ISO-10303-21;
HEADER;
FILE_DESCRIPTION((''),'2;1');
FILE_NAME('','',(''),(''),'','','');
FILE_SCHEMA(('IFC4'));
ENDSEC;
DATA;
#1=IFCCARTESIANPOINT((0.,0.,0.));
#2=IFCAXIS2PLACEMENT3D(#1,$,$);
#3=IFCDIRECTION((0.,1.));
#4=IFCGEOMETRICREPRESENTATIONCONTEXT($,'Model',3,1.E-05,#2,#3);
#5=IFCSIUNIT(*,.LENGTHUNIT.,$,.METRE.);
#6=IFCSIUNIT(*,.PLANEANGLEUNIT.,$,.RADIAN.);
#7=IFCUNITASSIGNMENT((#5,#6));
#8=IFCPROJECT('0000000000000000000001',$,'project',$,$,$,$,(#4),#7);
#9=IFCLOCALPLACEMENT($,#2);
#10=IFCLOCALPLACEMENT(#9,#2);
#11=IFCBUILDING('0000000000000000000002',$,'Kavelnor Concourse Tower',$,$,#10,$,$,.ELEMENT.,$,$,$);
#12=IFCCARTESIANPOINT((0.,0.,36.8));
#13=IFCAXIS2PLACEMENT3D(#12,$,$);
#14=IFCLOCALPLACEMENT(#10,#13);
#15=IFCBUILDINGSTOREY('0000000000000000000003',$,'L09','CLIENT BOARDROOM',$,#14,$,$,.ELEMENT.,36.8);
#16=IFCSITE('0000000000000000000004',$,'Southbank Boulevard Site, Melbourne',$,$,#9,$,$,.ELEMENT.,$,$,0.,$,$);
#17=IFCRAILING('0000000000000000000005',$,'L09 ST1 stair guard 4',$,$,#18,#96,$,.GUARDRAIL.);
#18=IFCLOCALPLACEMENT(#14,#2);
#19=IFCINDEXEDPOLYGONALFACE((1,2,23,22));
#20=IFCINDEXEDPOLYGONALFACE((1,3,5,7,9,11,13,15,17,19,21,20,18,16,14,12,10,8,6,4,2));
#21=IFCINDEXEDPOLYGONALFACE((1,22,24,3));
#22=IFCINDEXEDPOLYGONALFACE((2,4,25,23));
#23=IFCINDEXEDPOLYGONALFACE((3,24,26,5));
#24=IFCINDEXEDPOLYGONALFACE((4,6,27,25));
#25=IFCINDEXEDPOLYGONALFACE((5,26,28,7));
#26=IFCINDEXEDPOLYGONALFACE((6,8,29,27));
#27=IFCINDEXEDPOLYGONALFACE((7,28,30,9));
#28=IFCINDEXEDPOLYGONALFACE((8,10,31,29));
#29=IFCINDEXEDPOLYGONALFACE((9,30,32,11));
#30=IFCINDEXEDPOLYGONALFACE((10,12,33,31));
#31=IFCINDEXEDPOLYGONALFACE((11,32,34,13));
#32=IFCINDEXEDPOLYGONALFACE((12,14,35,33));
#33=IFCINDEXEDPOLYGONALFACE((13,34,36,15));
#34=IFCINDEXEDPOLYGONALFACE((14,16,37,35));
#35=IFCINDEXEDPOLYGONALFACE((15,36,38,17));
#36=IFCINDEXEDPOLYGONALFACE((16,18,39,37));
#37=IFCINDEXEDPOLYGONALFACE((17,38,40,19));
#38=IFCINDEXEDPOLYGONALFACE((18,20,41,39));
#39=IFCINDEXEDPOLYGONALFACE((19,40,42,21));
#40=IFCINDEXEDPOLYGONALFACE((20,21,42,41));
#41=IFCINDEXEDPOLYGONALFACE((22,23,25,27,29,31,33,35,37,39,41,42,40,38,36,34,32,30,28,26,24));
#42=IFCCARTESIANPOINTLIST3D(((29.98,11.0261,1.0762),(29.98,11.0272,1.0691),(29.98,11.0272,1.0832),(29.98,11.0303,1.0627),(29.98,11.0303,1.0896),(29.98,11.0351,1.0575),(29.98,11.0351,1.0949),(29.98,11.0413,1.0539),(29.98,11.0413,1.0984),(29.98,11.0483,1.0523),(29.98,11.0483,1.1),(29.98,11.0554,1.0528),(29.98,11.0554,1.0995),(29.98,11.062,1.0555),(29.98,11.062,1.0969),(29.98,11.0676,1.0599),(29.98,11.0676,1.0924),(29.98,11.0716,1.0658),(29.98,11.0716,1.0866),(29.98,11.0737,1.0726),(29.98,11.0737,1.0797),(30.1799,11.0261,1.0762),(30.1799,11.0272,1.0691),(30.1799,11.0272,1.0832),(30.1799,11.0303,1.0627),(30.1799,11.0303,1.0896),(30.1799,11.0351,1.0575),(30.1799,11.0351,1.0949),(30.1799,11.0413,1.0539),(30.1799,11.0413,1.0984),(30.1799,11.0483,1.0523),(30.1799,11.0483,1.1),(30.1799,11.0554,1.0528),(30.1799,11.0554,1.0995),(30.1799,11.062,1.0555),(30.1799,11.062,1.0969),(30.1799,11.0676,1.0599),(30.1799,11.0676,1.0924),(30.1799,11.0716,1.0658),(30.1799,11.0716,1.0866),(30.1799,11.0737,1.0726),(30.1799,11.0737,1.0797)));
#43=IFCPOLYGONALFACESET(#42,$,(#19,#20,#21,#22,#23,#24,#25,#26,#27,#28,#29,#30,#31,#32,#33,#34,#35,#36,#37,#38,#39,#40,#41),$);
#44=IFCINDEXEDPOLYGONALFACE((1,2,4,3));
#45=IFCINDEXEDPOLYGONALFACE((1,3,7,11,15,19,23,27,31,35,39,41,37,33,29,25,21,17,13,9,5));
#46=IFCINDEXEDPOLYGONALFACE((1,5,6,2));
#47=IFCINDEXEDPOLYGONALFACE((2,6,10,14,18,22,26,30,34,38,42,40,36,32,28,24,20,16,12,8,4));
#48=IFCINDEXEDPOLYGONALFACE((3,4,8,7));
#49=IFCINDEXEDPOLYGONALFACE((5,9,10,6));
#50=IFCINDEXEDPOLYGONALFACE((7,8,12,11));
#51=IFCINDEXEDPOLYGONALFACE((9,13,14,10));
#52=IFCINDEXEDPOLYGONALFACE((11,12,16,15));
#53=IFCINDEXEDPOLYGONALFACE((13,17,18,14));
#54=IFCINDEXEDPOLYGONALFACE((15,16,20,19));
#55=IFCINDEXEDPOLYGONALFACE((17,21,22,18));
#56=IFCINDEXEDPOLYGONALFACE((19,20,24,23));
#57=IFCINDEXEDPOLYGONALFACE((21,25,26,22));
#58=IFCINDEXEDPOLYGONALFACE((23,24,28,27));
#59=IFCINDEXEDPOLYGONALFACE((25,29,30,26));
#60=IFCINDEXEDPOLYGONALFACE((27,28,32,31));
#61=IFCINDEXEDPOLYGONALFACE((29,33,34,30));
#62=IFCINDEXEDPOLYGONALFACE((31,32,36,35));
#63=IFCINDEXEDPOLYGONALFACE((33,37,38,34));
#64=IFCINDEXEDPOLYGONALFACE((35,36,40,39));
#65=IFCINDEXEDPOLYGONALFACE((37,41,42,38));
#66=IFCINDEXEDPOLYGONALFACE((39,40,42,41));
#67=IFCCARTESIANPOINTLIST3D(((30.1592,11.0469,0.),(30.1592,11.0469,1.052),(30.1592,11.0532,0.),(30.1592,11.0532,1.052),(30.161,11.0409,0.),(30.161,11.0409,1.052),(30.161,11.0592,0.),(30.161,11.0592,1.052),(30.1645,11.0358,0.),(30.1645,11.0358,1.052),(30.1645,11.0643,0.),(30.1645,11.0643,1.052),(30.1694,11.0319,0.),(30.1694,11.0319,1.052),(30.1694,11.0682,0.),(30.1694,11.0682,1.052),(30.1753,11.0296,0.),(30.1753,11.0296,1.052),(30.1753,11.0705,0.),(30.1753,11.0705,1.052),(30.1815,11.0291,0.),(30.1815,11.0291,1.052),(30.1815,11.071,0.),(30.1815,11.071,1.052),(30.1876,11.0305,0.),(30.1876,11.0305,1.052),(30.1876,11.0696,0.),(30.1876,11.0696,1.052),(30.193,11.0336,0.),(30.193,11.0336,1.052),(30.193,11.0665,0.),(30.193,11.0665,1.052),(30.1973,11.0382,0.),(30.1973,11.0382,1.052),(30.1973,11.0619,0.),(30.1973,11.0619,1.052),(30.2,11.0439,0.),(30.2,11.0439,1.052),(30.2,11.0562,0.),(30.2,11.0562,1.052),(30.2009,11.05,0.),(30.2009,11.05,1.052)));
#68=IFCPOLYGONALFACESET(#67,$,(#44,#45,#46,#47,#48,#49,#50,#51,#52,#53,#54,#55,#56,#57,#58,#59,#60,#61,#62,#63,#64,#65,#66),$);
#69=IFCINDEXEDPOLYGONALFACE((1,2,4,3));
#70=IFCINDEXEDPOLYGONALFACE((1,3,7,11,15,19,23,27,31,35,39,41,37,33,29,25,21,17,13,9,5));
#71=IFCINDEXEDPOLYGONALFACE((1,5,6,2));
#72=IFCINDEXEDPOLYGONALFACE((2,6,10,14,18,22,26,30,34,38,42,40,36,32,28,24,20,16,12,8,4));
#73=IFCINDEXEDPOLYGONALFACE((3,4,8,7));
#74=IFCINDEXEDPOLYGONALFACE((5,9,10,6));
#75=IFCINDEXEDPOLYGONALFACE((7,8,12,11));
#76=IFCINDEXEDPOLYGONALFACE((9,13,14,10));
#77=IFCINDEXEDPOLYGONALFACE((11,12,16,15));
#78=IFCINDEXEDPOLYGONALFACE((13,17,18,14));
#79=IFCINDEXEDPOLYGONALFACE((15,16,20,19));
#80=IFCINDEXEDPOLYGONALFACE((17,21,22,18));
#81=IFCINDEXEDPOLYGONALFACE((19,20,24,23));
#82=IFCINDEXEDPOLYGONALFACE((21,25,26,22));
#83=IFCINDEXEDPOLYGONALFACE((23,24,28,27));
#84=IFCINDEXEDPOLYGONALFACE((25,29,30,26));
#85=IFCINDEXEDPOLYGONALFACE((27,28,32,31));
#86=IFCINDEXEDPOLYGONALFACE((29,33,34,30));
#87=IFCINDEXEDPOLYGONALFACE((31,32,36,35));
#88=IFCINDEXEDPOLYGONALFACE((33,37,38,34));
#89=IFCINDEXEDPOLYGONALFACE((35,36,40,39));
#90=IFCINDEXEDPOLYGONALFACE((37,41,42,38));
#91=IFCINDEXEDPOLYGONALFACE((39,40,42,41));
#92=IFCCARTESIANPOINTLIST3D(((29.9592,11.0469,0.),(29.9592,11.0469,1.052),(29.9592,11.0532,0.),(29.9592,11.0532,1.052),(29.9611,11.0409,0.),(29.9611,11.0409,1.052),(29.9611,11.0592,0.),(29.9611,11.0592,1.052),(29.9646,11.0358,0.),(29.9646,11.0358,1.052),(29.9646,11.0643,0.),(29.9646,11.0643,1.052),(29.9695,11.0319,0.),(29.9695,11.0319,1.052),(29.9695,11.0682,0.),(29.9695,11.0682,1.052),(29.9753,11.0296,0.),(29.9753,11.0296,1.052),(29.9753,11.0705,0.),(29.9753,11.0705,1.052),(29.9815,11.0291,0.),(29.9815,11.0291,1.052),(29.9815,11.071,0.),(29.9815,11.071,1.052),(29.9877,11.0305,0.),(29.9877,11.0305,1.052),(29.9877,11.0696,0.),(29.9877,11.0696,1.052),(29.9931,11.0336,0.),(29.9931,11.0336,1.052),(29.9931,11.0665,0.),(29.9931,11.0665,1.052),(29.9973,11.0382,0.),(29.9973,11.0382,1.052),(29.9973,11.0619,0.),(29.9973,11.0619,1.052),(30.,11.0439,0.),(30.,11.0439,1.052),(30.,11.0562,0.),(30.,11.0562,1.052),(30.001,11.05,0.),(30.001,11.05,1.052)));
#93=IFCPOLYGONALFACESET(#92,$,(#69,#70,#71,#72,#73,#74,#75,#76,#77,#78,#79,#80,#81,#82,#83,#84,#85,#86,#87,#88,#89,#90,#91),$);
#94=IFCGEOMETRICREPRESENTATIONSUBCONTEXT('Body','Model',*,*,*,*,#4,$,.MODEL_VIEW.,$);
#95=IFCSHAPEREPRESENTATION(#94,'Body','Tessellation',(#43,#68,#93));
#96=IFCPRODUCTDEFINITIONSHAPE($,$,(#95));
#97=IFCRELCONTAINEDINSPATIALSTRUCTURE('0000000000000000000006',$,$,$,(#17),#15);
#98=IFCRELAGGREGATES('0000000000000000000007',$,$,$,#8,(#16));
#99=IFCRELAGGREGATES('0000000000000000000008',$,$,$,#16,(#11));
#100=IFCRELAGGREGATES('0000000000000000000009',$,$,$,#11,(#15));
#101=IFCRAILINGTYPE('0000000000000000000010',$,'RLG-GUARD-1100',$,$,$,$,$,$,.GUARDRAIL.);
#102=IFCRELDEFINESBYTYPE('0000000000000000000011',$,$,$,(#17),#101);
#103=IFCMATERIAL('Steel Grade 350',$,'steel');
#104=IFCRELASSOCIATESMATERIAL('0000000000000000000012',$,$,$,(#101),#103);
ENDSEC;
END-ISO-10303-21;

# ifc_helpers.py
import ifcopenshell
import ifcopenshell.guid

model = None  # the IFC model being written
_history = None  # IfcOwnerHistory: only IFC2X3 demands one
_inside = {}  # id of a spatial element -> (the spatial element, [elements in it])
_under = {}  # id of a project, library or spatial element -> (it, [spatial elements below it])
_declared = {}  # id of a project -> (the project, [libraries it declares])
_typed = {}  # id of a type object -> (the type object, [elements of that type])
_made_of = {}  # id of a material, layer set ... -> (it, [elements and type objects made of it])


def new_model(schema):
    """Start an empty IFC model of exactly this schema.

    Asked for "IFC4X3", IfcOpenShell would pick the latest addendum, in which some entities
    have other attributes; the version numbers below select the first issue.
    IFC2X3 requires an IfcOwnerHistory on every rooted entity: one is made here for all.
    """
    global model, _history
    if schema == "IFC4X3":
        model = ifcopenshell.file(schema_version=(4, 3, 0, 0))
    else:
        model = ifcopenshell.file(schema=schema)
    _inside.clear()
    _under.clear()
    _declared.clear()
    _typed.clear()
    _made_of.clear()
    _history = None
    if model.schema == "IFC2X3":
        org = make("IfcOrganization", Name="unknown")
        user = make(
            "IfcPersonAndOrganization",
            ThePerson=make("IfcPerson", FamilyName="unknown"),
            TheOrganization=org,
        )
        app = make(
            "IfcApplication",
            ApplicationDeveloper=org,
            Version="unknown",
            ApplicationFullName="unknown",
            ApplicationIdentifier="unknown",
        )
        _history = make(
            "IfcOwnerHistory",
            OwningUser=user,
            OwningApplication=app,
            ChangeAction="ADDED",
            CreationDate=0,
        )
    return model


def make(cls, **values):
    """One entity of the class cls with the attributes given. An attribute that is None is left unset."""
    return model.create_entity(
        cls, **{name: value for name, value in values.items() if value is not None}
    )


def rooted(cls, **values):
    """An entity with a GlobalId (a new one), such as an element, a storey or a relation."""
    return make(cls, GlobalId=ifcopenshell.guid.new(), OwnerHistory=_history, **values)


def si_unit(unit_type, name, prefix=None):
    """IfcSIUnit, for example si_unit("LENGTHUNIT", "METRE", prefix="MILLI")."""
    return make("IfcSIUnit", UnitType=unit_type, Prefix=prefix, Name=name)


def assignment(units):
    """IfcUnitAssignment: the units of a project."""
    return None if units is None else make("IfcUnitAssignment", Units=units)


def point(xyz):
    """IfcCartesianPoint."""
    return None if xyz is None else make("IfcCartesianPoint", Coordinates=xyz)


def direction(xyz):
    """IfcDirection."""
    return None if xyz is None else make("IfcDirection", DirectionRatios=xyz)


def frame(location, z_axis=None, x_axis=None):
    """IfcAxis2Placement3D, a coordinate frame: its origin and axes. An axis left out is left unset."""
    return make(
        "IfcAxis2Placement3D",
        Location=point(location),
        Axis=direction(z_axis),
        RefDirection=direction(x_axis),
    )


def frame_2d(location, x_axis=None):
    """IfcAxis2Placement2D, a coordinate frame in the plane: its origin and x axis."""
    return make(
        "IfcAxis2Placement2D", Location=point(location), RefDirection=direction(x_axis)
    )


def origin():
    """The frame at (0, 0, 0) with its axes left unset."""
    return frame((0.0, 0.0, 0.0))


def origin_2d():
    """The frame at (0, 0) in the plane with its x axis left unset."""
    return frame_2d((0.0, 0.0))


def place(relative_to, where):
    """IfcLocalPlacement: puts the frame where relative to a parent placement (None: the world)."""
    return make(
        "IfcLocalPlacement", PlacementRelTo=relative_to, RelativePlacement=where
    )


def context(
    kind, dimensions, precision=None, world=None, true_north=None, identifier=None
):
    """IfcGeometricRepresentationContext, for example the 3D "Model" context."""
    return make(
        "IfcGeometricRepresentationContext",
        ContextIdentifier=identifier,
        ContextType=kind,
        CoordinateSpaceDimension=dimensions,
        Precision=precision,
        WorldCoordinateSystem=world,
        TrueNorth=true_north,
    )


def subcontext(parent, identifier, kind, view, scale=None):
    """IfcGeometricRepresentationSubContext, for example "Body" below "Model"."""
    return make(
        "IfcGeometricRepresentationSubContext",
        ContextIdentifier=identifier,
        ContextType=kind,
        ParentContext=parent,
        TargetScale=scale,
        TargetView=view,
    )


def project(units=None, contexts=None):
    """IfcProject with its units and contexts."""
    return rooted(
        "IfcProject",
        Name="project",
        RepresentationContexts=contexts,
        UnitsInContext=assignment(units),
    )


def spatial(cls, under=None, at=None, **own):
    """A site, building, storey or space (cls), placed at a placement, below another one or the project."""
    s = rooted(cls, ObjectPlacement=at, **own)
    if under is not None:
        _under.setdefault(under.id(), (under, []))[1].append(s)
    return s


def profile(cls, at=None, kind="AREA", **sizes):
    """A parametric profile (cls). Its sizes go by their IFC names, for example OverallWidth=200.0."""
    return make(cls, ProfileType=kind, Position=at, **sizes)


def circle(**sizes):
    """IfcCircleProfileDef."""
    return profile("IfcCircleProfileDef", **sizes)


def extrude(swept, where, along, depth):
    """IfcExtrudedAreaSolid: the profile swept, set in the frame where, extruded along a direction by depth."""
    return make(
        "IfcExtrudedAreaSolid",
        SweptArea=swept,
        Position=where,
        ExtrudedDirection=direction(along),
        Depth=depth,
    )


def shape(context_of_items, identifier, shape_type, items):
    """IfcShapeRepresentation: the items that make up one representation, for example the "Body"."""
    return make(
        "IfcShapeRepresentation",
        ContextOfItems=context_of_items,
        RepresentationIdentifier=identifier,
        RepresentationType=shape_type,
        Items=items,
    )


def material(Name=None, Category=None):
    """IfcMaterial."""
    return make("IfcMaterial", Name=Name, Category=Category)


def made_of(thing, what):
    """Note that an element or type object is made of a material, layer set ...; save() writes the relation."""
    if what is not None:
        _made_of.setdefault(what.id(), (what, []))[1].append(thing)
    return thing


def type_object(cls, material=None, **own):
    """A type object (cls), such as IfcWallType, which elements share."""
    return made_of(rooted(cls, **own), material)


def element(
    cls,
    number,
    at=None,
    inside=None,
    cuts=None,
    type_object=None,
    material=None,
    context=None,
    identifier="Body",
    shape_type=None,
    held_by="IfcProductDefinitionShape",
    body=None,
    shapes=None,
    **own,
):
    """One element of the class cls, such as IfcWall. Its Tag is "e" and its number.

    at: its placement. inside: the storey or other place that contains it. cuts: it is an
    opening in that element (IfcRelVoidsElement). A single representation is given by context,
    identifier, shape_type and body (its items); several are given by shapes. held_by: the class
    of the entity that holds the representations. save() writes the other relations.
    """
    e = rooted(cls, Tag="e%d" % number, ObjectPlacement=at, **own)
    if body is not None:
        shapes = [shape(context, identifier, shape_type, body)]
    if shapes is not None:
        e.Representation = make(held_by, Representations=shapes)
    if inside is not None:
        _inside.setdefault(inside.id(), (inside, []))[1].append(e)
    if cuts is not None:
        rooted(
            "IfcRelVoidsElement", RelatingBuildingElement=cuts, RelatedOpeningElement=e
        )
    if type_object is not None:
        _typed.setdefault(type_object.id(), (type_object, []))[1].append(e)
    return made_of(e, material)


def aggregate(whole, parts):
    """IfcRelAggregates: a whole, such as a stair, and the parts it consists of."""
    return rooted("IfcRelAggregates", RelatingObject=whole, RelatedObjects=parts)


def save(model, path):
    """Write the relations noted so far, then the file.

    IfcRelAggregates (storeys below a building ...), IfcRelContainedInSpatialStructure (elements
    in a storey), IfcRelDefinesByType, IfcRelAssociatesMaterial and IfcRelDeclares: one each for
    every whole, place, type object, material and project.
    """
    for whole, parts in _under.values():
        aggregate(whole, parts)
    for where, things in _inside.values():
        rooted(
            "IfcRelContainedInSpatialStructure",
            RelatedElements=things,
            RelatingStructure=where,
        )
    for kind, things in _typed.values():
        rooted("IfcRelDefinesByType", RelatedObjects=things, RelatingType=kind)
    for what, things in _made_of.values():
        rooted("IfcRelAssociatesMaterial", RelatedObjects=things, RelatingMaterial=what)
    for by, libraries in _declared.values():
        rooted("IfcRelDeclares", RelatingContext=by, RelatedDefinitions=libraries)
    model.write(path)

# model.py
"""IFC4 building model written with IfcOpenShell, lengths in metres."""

from ifc_helpers import new_model, si_unit, direction, frame, origin, origin_2d, place, context, subcontext, project, spatial, circle, extrude, material, type_object, element, save


model = new_model("IFC4")

# Units and contexts
model_context = context("Model", 3, precision=1e-05, world=origin(), true_north=direction((0.0, 1.0)))
body_context = subcontext(model_context, "Body", "Model", "MODEL_VIEW")
ifc_project = project(units=[si_unit("LENGTHUNIT", "METRE"), si_unit("PLANEANGLEUNIT", "RADIAN")], contexts=[model_context])

# Site, building, storey
site_placement = place(None, origin())
site = spatial("IfcSite", under=ifc_project, at=site_placement, Name="Southbank Boulevard Site, Melbourne", CompositionType="ELEMENT", RefElevation=0.0)
building_placement = place(site_placement, origin())
building = spatial("IfcBuilding", under=site, at=building_placement, Name="Kavelnor Concourse Tower", CompositionType="ELEMENT")
storey_placement = place(building_placement, frame((0.0, 0.0, 36.8)))
storey = spatial("IfcBuildingStorey", under=building, at=storey_placement, Name="L09", Description="CLIENT BOARDROOM", CompositionType="ELEMENT", Elevation=36.8)

# Shared definitions
ifc_material_1 = material(Name="Steel Grade 350", Category="steel")

# Railing
railing_type_1 = type_object("IfcRailingType", Name="RLG-GUARD-1100", PredefinedType="GUARDRAIL", material=ifc_material_1)
railing_1_placement = place(storey_placement, frame((30.1799, 11.05, 0.0)))
element("IfcRailing", 1, at=railing_1_placement, inside=storey, type_object=railing_type_1, Name="L09 ST1 stair guard 4", PredefinedType="GUARDRAIL", context=body_context, shape_type="SweptSolid", body=[
    extrude(circle(Radius=0.0239, at=origin_2d()), frame((0.0, 0.0, 1.0762), z_axis=(-1.0, 0.0, 0.0), x_axis=(0.0, -1.0, 0.0)), (0.0, 0.0, 1.0), 0.2),
    extrude(circle(Radius=0.021, at=origin_2d()), origin(), (0.0, 0.0, 1.0), 1.052),
    extrude(circle(Radius=0.021, at=origin_2d()), frame((-0.2, 0.0, 0.0)), (0.0, 0.0, 1.0), 1.052),
])

save(model, "model.ifc")
